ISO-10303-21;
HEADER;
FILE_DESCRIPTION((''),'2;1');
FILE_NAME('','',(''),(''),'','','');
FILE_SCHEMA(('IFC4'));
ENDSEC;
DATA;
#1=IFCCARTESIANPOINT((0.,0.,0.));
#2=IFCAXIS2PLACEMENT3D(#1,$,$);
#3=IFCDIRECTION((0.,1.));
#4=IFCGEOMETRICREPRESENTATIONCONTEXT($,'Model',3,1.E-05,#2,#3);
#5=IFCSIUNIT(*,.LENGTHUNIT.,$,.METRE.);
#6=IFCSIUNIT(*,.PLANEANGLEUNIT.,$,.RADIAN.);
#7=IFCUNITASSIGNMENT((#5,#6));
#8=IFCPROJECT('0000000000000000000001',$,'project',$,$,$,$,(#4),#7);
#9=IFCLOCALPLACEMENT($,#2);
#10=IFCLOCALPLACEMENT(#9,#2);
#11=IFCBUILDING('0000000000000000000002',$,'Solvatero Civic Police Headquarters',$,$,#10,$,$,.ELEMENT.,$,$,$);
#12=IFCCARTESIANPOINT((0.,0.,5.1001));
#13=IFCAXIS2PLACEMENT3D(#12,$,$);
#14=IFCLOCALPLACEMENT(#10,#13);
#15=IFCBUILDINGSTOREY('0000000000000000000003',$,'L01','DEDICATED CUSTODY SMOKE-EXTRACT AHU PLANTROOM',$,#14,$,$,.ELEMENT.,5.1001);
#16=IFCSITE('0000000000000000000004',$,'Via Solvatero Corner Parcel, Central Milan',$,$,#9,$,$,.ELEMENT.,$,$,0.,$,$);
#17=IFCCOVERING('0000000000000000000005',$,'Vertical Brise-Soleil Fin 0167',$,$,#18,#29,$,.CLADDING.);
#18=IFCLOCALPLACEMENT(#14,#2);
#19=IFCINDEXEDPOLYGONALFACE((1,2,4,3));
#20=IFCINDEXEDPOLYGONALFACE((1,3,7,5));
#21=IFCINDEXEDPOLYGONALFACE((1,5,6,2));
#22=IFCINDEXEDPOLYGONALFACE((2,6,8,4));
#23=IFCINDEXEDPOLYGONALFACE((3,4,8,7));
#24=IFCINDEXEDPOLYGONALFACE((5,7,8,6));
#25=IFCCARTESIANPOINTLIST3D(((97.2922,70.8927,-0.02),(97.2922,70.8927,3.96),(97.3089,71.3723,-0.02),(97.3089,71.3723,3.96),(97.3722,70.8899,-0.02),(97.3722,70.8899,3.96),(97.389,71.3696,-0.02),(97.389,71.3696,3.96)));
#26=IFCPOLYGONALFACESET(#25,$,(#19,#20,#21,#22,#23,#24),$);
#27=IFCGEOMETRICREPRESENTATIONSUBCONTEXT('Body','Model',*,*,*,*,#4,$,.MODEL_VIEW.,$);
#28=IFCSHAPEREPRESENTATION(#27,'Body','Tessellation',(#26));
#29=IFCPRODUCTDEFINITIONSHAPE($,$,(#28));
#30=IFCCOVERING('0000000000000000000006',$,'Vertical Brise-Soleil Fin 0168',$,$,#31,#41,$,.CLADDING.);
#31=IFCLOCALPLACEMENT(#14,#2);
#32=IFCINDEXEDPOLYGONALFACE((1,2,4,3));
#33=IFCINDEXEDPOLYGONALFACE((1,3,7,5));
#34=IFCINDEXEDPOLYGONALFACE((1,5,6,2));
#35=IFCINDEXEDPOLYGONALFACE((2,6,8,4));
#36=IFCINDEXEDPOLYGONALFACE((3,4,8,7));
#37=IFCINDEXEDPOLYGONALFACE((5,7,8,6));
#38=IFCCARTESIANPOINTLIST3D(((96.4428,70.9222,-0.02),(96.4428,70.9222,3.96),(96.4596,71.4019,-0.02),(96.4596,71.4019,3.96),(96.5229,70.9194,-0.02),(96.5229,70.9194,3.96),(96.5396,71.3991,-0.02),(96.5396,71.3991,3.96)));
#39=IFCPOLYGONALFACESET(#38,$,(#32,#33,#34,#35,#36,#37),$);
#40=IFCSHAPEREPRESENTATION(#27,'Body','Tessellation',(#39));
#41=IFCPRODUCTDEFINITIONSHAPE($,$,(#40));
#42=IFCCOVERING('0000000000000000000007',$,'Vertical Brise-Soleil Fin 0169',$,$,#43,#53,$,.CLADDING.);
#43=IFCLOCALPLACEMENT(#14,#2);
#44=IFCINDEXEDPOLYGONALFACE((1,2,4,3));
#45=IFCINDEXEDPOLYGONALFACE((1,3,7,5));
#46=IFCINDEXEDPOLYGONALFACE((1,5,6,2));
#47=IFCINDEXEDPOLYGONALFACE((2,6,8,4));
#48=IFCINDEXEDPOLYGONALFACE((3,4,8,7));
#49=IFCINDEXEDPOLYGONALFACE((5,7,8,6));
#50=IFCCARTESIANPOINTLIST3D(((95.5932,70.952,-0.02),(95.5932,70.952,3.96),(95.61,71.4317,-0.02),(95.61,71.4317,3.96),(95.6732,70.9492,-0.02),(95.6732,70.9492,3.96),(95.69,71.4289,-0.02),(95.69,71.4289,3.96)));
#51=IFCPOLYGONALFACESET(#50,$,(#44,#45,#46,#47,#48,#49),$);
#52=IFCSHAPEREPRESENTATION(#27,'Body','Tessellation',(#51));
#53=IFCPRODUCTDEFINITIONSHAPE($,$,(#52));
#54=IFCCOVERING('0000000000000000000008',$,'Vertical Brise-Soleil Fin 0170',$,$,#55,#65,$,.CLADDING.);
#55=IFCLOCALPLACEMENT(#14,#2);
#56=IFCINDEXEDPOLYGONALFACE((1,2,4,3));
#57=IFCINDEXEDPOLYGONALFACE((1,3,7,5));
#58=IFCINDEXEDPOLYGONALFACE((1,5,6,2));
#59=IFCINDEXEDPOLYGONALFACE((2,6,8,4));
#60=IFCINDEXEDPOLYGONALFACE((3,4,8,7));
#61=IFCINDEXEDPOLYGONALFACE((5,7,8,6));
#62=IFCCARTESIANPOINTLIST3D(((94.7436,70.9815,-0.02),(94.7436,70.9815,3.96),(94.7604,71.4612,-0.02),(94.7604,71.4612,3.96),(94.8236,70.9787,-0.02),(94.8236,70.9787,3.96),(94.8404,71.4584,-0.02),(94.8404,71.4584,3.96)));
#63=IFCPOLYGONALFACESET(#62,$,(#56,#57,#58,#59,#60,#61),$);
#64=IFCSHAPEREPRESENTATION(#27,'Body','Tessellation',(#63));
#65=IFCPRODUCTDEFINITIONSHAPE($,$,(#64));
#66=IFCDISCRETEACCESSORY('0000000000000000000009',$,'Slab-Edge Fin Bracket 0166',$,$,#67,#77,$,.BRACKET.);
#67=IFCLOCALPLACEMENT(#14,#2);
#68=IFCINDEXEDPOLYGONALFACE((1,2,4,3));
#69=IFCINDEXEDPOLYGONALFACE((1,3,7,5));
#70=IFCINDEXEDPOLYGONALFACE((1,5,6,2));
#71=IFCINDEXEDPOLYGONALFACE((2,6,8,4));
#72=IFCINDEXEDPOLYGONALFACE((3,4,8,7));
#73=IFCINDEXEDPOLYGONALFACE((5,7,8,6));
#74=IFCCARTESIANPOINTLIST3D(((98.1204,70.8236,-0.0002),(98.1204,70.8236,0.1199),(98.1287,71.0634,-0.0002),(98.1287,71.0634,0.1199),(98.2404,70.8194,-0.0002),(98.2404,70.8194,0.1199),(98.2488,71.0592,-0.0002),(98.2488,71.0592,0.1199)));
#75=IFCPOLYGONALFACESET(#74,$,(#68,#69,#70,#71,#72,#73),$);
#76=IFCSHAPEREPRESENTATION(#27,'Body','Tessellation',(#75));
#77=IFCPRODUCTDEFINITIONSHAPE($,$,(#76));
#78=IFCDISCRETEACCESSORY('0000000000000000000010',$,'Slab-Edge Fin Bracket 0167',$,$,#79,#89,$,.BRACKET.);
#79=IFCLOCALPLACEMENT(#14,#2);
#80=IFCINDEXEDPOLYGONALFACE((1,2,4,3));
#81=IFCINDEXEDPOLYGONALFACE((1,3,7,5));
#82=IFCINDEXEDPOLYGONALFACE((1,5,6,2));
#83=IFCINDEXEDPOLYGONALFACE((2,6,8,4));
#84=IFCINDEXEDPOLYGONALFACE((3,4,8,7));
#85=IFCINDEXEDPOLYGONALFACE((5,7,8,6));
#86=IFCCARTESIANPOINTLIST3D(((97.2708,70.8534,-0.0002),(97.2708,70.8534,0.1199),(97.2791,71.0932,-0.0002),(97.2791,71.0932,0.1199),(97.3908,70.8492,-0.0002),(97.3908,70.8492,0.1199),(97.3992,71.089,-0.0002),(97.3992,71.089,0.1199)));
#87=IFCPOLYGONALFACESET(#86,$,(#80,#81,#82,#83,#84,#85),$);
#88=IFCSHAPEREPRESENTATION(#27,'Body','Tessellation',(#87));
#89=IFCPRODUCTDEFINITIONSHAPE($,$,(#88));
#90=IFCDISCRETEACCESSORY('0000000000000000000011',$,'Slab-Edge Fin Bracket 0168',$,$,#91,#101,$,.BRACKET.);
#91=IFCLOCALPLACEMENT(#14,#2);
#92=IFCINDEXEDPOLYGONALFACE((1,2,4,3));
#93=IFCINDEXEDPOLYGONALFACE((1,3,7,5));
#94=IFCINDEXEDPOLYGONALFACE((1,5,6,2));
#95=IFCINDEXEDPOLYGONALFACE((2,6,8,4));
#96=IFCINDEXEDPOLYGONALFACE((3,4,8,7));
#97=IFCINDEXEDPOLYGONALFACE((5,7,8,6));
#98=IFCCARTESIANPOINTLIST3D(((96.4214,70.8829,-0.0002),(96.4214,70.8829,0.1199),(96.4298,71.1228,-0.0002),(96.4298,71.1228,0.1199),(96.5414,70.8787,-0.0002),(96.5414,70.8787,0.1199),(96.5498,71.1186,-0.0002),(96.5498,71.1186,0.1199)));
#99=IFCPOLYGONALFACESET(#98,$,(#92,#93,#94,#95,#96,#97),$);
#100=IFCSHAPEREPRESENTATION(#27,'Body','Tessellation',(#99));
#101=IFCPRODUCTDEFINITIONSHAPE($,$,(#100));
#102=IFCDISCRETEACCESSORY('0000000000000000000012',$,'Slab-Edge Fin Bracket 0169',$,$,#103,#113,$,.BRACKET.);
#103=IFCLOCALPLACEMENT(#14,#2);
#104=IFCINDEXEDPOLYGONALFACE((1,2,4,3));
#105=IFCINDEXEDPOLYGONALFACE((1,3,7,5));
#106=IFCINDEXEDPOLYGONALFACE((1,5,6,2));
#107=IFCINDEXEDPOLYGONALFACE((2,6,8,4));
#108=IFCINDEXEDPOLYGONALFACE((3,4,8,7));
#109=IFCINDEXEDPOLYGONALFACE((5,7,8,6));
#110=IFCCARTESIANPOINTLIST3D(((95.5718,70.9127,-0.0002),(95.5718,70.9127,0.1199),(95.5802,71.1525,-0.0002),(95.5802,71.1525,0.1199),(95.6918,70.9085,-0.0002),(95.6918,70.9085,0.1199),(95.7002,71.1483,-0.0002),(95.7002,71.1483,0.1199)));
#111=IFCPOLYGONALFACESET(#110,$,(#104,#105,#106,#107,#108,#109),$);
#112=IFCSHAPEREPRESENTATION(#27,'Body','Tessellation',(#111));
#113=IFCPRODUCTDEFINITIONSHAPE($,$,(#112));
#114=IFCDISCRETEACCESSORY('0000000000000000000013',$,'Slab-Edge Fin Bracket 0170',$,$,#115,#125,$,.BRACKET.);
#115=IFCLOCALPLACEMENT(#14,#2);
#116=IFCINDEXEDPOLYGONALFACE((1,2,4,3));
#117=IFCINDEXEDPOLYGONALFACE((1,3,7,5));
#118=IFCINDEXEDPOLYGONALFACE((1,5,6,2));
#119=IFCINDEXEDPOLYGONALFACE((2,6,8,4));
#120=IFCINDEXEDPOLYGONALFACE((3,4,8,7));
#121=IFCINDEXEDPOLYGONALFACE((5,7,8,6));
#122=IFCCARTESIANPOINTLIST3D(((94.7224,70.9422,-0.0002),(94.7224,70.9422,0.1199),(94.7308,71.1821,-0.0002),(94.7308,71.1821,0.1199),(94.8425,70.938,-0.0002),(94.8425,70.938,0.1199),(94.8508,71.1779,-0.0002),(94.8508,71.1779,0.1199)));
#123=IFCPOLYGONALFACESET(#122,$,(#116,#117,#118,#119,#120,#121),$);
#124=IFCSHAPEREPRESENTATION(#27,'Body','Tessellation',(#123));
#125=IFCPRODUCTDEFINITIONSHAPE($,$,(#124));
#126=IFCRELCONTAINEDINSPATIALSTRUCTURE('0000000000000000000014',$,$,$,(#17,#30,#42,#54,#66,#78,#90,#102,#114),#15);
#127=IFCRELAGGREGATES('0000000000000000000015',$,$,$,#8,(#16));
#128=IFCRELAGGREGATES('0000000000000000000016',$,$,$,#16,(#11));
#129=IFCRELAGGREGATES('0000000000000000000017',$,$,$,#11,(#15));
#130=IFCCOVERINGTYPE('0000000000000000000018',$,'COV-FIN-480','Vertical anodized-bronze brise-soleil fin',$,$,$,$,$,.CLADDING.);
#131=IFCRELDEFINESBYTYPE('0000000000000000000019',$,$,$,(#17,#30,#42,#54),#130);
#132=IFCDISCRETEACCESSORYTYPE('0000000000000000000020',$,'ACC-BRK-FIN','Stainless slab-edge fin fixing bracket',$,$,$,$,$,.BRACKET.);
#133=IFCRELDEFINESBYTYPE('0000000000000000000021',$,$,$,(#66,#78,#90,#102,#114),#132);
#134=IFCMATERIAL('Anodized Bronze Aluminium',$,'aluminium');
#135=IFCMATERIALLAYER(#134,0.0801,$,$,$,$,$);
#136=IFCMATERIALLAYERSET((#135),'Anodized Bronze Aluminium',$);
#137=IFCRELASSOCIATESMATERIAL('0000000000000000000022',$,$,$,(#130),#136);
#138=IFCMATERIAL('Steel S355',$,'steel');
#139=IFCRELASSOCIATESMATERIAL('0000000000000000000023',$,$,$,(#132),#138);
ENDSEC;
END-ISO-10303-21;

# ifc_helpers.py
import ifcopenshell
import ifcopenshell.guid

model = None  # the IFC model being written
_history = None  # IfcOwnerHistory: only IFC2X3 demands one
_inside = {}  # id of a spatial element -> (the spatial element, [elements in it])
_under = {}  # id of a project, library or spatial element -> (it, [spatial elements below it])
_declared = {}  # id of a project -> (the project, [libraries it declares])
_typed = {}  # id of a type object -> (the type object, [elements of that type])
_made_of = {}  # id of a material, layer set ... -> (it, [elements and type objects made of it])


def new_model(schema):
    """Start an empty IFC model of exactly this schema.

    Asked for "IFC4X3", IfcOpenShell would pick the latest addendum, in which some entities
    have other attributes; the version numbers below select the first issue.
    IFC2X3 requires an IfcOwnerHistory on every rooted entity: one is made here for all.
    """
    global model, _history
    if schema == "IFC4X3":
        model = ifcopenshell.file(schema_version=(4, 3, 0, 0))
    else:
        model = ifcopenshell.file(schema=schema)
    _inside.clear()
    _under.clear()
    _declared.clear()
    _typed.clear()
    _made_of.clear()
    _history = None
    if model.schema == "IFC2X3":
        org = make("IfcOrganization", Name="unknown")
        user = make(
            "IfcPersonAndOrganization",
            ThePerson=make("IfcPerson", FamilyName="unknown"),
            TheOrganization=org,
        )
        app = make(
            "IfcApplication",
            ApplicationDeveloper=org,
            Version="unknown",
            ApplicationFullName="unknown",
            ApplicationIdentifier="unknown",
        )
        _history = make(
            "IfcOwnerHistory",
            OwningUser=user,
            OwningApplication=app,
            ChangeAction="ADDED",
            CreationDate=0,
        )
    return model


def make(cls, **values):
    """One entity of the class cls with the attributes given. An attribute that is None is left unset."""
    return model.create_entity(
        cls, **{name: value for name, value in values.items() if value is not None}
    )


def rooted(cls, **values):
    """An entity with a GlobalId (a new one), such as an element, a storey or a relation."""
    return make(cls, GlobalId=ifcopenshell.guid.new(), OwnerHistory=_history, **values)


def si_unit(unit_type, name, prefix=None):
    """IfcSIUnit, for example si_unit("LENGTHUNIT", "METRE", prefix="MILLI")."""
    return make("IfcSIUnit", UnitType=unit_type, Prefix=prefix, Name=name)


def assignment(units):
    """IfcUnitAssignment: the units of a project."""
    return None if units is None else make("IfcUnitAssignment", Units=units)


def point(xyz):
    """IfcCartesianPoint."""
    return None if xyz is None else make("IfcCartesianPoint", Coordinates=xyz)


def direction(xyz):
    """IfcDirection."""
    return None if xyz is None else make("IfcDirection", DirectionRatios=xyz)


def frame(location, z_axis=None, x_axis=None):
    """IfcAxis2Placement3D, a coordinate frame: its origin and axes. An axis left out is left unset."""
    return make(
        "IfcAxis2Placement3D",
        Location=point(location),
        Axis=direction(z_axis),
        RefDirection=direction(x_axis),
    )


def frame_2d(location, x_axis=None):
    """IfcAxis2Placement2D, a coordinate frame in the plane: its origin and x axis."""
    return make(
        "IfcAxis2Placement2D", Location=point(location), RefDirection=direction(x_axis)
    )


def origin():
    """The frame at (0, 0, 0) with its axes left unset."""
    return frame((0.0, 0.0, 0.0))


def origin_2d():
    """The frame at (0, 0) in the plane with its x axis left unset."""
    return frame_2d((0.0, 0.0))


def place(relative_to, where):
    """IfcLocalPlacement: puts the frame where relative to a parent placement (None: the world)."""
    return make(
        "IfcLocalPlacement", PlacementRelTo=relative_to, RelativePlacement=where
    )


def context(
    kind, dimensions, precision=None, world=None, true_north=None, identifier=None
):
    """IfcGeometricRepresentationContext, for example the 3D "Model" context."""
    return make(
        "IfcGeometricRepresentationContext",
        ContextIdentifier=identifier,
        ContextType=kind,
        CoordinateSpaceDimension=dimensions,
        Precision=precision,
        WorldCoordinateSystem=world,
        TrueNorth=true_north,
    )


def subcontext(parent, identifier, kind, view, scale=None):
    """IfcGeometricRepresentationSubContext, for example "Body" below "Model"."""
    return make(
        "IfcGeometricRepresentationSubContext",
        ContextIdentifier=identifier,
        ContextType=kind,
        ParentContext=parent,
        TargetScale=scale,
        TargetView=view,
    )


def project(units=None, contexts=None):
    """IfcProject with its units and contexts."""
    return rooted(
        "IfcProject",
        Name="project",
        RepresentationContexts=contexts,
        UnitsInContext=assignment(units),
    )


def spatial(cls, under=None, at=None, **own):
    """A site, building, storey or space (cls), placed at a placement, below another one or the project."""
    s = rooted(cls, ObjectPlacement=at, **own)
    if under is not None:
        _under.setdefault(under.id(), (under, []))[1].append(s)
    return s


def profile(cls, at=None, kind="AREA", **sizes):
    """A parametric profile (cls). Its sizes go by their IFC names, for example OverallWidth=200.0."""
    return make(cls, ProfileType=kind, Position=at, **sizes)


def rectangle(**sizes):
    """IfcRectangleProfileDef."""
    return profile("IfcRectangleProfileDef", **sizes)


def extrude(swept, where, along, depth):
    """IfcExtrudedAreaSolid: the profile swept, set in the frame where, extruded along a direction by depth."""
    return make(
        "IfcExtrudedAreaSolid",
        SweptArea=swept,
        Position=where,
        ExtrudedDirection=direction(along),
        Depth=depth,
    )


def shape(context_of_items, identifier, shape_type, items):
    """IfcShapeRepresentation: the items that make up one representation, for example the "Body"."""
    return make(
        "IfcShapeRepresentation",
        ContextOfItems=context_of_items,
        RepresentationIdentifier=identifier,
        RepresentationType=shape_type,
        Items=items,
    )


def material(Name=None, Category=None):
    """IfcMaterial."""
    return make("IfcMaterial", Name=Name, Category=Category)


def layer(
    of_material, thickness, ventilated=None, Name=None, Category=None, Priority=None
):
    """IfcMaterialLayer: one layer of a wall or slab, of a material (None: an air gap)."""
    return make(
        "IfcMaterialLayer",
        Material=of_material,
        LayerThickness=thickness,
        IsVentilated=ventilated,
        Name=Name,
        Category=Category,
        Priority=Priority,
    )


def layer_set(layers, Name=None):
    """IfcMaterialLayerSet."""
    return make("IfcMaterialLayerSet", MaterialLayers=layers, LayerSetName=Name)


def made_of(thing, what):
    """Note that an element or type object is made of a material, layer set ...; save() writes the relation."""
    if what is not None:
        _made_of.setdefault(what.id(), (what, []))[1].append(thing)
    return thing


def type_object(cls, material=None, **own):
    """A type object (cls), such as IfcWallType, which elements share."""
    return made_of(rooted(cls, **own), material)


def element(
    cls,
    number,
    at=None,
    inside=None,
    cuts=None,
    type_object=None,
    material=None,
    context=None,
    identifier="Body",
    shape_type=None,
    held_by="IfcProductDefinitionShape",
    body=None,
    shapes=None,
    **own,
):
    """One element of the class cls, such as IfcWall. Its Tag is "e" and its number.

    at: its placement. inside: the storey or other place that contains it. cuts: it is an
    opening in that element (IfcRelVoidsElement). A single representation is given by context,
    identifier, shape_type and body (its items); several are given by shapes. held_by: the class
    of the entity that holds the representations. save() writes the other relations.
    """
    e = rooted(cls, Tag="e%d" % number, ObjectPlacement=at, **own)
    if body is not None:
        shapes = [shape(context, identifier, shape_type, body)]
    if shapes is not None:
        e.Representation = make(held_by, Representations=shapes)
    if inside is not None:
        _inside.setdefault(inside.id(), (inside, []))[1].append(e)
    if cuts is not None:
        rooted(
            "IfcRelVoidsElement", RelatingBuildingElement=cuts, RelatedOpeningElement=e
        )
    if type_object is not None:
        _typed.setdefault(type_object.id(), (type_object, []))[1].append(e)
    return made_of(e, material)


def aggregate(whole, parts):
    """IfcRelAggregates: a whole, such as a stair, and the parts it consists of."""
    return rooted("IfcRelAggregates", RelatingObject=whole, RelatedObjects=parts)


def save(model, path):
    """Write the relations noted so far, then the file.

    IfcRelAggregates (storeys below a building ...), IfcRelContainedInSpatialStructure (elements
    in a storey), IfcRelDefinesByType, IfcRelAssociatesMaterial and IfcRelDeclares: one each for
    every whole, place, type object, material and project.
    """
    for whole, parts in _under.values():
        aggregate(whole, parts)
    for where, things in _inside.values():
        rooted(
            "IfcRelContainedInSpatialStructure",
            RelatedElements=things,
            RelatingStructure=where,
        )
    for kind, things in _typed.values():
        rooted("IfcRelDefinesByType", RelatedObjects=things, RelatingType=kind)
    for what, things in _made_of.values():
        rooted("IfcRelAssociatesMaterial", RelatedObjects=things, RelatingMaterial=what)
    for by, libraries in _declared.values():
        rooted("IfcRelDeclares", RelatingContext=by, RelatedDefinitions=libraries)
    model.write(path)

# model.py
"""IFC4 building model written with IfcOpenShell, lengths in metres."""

from ifc_helpers import new_model, si_unit, direction, frame, origin, origin_2d, place, context, subcontext, project, spatial, rectangle, extrude, material, layer, layer_set, type_object, element, save


model = new_model("IFC4")

# Units and contexts
model_context = context("Model", 3, precision=1e-05, world=origin(), true_north=direction((0.0, 1.0)))
body_context = subcontext(model_context, "Body", "Model", "MODEL_VIEW")
ifc_project = project(units=[si_unit("LENGTHUNIT", "METRE"), si_unit("PLANEANGLEUNIT", "RADIAN")], contexts=[model_context])

# Site, building, storey
site_placement = place(None, origin())
site = spatial("IfcSite", under=ifc_project, at=site_placement, Name="Via Solvatero Corner Parcel, Central Milan", CompositionType="ELEMENT", RefElevation=0.0)
building_placement = place(site_placement, origin())
building = spatial("IfcBuilding", under=site, at=building_placement, Name="Solvatero Civic Police Headquarters", CompositionType="ELEMENT")
storey_placement = place(building_placement, frame((0.0, 0.0, 5.1001)))
storey = spatial("IfcBuildingStorey", under=building, at=storey_placement, Name="L01", Description="DEDICATED CUSTODY SMOKE-EXTRACT AHU PLANTROOM", CompositionType="ELEMENT", Elevation=5.1001)

# Shared definitions
ifc_material_1 = material(Name="Steel S355", Category="steel")

# Shared definitions
ifc_material_2 = material(Name="Anodized Bronze Aluminium", Category="aluminium")

# Coverings
ifc_layer_1 = layer(ifc_material_2, 0.0801)
ifc_layer_set_1 = layer_set([ifc_layer_1], Name="Anodized Bronze Aluminium")
covering_type = type_object("IfcCoveringType", Name="COV-FIN-480", Description="Vertical anodized-bronze brise-soleil fin", PredefinedType="CLADDING", material=ifc_layer_set_1)
for number, where, z_axis, x_axis, name in (
    (1, (97.3406, 71.1311, -0.02), (0.0, 0.0, 1.0), (-0.999391, 0.034899, 0.0), "Vertical Brise-Soleil Fin 0167"),
    (2, (96.4912, 71.1606, -0.02), (0.0, 0.0, 1.0), (-0.999391, 0.034899, 0.0), "Vertical Brise-Soleil Fin 0168"),
    (3, (95.6416, 71.1904, -0.02), (0.0, 0.0, 1.0), (-0.999391, 0.034899, 0.0), "Vertical Brise-Soleil Fin 0169"),
    (4, (94.792, 71.22, -0.02), (0.0, 0.0, 1.0), (-0.999391, 0.034899, 0.0), "Vertical Brise-Soleil Fin 0170"),
):
    element("IfcCovering", number, at=place(storey_placement, frame(where, z_axis=z_axis, x_axis=x_axis)), inside=storey, type_object=covering_type, Name=name, PredefinedType="CLADDING", context=body_context, shape_type="SweptSolid", body=[
        extrude(rectangle(XDim=0.0801, YDim=0.48, at=origin_2d()), origin(), (0.0, 0.0, 1.0), 3.98),
    ])

# Discrete accessories
discrete_accessory_type = type_object("IfcDiscreteAccessoryType", Name="ACC-BRK-FIN", Description="Stainless slab-edge fin fixing bracket", PredefinedType="BRACKET", material=ifc_material_1)
for number, where, z_axis, x_axis, name in (
    (5, (98.1846, 70.9414, -0.0002), (0.0, 0.0, 1.0), (-0.999391, 0.034899, 0.0), "Slab-Edge Fin Bracket 0166"),
    (6, (97.335, 70.9712, -0.0002), (0.0, 0.0, 1.0), (-0.999391, 0.034899, 0.0), "Slab-Edge Fin Bracket 0167"),
    (7, (96.4856, 71.0007, -0.0002), (0.0, 0.0, 1.0), (-0.999391, 0.034899, 0.0), "Slab-Edge Fin Bracket 0168"),
    (8, (95.636, 71.0305, -0.0002), (0.0, 0.0, 1.0), (-0.999391, 0.034899, 0.0), "Slab-Edge Fin Bracket 0169"),
    (9, (94.7866, 71.0601, -0.0002), (0.0, 0.0, 1.0), (-0.999391, 0.034899, 0.0), "Slab-Edge Fin Bracket 0170"),
):
    element("IfcDiscreteAccessory", number, at=place(storey_placement, frame(where, z_axis=z_axis, x_axis=x_axis)), inside=storey, type_object=discrete_accessory_type, Name=name, PredefinedType="BRACKET", context=body_context, shape_type="SweptSolid", body=[
        extrude(rectangle(XDim=0.1201, YDim=0.24, at=origin_2d()), origin(), (0.0, 0.0, 1.0), 0.1201),
    ])

save(model, "model.ifc")
